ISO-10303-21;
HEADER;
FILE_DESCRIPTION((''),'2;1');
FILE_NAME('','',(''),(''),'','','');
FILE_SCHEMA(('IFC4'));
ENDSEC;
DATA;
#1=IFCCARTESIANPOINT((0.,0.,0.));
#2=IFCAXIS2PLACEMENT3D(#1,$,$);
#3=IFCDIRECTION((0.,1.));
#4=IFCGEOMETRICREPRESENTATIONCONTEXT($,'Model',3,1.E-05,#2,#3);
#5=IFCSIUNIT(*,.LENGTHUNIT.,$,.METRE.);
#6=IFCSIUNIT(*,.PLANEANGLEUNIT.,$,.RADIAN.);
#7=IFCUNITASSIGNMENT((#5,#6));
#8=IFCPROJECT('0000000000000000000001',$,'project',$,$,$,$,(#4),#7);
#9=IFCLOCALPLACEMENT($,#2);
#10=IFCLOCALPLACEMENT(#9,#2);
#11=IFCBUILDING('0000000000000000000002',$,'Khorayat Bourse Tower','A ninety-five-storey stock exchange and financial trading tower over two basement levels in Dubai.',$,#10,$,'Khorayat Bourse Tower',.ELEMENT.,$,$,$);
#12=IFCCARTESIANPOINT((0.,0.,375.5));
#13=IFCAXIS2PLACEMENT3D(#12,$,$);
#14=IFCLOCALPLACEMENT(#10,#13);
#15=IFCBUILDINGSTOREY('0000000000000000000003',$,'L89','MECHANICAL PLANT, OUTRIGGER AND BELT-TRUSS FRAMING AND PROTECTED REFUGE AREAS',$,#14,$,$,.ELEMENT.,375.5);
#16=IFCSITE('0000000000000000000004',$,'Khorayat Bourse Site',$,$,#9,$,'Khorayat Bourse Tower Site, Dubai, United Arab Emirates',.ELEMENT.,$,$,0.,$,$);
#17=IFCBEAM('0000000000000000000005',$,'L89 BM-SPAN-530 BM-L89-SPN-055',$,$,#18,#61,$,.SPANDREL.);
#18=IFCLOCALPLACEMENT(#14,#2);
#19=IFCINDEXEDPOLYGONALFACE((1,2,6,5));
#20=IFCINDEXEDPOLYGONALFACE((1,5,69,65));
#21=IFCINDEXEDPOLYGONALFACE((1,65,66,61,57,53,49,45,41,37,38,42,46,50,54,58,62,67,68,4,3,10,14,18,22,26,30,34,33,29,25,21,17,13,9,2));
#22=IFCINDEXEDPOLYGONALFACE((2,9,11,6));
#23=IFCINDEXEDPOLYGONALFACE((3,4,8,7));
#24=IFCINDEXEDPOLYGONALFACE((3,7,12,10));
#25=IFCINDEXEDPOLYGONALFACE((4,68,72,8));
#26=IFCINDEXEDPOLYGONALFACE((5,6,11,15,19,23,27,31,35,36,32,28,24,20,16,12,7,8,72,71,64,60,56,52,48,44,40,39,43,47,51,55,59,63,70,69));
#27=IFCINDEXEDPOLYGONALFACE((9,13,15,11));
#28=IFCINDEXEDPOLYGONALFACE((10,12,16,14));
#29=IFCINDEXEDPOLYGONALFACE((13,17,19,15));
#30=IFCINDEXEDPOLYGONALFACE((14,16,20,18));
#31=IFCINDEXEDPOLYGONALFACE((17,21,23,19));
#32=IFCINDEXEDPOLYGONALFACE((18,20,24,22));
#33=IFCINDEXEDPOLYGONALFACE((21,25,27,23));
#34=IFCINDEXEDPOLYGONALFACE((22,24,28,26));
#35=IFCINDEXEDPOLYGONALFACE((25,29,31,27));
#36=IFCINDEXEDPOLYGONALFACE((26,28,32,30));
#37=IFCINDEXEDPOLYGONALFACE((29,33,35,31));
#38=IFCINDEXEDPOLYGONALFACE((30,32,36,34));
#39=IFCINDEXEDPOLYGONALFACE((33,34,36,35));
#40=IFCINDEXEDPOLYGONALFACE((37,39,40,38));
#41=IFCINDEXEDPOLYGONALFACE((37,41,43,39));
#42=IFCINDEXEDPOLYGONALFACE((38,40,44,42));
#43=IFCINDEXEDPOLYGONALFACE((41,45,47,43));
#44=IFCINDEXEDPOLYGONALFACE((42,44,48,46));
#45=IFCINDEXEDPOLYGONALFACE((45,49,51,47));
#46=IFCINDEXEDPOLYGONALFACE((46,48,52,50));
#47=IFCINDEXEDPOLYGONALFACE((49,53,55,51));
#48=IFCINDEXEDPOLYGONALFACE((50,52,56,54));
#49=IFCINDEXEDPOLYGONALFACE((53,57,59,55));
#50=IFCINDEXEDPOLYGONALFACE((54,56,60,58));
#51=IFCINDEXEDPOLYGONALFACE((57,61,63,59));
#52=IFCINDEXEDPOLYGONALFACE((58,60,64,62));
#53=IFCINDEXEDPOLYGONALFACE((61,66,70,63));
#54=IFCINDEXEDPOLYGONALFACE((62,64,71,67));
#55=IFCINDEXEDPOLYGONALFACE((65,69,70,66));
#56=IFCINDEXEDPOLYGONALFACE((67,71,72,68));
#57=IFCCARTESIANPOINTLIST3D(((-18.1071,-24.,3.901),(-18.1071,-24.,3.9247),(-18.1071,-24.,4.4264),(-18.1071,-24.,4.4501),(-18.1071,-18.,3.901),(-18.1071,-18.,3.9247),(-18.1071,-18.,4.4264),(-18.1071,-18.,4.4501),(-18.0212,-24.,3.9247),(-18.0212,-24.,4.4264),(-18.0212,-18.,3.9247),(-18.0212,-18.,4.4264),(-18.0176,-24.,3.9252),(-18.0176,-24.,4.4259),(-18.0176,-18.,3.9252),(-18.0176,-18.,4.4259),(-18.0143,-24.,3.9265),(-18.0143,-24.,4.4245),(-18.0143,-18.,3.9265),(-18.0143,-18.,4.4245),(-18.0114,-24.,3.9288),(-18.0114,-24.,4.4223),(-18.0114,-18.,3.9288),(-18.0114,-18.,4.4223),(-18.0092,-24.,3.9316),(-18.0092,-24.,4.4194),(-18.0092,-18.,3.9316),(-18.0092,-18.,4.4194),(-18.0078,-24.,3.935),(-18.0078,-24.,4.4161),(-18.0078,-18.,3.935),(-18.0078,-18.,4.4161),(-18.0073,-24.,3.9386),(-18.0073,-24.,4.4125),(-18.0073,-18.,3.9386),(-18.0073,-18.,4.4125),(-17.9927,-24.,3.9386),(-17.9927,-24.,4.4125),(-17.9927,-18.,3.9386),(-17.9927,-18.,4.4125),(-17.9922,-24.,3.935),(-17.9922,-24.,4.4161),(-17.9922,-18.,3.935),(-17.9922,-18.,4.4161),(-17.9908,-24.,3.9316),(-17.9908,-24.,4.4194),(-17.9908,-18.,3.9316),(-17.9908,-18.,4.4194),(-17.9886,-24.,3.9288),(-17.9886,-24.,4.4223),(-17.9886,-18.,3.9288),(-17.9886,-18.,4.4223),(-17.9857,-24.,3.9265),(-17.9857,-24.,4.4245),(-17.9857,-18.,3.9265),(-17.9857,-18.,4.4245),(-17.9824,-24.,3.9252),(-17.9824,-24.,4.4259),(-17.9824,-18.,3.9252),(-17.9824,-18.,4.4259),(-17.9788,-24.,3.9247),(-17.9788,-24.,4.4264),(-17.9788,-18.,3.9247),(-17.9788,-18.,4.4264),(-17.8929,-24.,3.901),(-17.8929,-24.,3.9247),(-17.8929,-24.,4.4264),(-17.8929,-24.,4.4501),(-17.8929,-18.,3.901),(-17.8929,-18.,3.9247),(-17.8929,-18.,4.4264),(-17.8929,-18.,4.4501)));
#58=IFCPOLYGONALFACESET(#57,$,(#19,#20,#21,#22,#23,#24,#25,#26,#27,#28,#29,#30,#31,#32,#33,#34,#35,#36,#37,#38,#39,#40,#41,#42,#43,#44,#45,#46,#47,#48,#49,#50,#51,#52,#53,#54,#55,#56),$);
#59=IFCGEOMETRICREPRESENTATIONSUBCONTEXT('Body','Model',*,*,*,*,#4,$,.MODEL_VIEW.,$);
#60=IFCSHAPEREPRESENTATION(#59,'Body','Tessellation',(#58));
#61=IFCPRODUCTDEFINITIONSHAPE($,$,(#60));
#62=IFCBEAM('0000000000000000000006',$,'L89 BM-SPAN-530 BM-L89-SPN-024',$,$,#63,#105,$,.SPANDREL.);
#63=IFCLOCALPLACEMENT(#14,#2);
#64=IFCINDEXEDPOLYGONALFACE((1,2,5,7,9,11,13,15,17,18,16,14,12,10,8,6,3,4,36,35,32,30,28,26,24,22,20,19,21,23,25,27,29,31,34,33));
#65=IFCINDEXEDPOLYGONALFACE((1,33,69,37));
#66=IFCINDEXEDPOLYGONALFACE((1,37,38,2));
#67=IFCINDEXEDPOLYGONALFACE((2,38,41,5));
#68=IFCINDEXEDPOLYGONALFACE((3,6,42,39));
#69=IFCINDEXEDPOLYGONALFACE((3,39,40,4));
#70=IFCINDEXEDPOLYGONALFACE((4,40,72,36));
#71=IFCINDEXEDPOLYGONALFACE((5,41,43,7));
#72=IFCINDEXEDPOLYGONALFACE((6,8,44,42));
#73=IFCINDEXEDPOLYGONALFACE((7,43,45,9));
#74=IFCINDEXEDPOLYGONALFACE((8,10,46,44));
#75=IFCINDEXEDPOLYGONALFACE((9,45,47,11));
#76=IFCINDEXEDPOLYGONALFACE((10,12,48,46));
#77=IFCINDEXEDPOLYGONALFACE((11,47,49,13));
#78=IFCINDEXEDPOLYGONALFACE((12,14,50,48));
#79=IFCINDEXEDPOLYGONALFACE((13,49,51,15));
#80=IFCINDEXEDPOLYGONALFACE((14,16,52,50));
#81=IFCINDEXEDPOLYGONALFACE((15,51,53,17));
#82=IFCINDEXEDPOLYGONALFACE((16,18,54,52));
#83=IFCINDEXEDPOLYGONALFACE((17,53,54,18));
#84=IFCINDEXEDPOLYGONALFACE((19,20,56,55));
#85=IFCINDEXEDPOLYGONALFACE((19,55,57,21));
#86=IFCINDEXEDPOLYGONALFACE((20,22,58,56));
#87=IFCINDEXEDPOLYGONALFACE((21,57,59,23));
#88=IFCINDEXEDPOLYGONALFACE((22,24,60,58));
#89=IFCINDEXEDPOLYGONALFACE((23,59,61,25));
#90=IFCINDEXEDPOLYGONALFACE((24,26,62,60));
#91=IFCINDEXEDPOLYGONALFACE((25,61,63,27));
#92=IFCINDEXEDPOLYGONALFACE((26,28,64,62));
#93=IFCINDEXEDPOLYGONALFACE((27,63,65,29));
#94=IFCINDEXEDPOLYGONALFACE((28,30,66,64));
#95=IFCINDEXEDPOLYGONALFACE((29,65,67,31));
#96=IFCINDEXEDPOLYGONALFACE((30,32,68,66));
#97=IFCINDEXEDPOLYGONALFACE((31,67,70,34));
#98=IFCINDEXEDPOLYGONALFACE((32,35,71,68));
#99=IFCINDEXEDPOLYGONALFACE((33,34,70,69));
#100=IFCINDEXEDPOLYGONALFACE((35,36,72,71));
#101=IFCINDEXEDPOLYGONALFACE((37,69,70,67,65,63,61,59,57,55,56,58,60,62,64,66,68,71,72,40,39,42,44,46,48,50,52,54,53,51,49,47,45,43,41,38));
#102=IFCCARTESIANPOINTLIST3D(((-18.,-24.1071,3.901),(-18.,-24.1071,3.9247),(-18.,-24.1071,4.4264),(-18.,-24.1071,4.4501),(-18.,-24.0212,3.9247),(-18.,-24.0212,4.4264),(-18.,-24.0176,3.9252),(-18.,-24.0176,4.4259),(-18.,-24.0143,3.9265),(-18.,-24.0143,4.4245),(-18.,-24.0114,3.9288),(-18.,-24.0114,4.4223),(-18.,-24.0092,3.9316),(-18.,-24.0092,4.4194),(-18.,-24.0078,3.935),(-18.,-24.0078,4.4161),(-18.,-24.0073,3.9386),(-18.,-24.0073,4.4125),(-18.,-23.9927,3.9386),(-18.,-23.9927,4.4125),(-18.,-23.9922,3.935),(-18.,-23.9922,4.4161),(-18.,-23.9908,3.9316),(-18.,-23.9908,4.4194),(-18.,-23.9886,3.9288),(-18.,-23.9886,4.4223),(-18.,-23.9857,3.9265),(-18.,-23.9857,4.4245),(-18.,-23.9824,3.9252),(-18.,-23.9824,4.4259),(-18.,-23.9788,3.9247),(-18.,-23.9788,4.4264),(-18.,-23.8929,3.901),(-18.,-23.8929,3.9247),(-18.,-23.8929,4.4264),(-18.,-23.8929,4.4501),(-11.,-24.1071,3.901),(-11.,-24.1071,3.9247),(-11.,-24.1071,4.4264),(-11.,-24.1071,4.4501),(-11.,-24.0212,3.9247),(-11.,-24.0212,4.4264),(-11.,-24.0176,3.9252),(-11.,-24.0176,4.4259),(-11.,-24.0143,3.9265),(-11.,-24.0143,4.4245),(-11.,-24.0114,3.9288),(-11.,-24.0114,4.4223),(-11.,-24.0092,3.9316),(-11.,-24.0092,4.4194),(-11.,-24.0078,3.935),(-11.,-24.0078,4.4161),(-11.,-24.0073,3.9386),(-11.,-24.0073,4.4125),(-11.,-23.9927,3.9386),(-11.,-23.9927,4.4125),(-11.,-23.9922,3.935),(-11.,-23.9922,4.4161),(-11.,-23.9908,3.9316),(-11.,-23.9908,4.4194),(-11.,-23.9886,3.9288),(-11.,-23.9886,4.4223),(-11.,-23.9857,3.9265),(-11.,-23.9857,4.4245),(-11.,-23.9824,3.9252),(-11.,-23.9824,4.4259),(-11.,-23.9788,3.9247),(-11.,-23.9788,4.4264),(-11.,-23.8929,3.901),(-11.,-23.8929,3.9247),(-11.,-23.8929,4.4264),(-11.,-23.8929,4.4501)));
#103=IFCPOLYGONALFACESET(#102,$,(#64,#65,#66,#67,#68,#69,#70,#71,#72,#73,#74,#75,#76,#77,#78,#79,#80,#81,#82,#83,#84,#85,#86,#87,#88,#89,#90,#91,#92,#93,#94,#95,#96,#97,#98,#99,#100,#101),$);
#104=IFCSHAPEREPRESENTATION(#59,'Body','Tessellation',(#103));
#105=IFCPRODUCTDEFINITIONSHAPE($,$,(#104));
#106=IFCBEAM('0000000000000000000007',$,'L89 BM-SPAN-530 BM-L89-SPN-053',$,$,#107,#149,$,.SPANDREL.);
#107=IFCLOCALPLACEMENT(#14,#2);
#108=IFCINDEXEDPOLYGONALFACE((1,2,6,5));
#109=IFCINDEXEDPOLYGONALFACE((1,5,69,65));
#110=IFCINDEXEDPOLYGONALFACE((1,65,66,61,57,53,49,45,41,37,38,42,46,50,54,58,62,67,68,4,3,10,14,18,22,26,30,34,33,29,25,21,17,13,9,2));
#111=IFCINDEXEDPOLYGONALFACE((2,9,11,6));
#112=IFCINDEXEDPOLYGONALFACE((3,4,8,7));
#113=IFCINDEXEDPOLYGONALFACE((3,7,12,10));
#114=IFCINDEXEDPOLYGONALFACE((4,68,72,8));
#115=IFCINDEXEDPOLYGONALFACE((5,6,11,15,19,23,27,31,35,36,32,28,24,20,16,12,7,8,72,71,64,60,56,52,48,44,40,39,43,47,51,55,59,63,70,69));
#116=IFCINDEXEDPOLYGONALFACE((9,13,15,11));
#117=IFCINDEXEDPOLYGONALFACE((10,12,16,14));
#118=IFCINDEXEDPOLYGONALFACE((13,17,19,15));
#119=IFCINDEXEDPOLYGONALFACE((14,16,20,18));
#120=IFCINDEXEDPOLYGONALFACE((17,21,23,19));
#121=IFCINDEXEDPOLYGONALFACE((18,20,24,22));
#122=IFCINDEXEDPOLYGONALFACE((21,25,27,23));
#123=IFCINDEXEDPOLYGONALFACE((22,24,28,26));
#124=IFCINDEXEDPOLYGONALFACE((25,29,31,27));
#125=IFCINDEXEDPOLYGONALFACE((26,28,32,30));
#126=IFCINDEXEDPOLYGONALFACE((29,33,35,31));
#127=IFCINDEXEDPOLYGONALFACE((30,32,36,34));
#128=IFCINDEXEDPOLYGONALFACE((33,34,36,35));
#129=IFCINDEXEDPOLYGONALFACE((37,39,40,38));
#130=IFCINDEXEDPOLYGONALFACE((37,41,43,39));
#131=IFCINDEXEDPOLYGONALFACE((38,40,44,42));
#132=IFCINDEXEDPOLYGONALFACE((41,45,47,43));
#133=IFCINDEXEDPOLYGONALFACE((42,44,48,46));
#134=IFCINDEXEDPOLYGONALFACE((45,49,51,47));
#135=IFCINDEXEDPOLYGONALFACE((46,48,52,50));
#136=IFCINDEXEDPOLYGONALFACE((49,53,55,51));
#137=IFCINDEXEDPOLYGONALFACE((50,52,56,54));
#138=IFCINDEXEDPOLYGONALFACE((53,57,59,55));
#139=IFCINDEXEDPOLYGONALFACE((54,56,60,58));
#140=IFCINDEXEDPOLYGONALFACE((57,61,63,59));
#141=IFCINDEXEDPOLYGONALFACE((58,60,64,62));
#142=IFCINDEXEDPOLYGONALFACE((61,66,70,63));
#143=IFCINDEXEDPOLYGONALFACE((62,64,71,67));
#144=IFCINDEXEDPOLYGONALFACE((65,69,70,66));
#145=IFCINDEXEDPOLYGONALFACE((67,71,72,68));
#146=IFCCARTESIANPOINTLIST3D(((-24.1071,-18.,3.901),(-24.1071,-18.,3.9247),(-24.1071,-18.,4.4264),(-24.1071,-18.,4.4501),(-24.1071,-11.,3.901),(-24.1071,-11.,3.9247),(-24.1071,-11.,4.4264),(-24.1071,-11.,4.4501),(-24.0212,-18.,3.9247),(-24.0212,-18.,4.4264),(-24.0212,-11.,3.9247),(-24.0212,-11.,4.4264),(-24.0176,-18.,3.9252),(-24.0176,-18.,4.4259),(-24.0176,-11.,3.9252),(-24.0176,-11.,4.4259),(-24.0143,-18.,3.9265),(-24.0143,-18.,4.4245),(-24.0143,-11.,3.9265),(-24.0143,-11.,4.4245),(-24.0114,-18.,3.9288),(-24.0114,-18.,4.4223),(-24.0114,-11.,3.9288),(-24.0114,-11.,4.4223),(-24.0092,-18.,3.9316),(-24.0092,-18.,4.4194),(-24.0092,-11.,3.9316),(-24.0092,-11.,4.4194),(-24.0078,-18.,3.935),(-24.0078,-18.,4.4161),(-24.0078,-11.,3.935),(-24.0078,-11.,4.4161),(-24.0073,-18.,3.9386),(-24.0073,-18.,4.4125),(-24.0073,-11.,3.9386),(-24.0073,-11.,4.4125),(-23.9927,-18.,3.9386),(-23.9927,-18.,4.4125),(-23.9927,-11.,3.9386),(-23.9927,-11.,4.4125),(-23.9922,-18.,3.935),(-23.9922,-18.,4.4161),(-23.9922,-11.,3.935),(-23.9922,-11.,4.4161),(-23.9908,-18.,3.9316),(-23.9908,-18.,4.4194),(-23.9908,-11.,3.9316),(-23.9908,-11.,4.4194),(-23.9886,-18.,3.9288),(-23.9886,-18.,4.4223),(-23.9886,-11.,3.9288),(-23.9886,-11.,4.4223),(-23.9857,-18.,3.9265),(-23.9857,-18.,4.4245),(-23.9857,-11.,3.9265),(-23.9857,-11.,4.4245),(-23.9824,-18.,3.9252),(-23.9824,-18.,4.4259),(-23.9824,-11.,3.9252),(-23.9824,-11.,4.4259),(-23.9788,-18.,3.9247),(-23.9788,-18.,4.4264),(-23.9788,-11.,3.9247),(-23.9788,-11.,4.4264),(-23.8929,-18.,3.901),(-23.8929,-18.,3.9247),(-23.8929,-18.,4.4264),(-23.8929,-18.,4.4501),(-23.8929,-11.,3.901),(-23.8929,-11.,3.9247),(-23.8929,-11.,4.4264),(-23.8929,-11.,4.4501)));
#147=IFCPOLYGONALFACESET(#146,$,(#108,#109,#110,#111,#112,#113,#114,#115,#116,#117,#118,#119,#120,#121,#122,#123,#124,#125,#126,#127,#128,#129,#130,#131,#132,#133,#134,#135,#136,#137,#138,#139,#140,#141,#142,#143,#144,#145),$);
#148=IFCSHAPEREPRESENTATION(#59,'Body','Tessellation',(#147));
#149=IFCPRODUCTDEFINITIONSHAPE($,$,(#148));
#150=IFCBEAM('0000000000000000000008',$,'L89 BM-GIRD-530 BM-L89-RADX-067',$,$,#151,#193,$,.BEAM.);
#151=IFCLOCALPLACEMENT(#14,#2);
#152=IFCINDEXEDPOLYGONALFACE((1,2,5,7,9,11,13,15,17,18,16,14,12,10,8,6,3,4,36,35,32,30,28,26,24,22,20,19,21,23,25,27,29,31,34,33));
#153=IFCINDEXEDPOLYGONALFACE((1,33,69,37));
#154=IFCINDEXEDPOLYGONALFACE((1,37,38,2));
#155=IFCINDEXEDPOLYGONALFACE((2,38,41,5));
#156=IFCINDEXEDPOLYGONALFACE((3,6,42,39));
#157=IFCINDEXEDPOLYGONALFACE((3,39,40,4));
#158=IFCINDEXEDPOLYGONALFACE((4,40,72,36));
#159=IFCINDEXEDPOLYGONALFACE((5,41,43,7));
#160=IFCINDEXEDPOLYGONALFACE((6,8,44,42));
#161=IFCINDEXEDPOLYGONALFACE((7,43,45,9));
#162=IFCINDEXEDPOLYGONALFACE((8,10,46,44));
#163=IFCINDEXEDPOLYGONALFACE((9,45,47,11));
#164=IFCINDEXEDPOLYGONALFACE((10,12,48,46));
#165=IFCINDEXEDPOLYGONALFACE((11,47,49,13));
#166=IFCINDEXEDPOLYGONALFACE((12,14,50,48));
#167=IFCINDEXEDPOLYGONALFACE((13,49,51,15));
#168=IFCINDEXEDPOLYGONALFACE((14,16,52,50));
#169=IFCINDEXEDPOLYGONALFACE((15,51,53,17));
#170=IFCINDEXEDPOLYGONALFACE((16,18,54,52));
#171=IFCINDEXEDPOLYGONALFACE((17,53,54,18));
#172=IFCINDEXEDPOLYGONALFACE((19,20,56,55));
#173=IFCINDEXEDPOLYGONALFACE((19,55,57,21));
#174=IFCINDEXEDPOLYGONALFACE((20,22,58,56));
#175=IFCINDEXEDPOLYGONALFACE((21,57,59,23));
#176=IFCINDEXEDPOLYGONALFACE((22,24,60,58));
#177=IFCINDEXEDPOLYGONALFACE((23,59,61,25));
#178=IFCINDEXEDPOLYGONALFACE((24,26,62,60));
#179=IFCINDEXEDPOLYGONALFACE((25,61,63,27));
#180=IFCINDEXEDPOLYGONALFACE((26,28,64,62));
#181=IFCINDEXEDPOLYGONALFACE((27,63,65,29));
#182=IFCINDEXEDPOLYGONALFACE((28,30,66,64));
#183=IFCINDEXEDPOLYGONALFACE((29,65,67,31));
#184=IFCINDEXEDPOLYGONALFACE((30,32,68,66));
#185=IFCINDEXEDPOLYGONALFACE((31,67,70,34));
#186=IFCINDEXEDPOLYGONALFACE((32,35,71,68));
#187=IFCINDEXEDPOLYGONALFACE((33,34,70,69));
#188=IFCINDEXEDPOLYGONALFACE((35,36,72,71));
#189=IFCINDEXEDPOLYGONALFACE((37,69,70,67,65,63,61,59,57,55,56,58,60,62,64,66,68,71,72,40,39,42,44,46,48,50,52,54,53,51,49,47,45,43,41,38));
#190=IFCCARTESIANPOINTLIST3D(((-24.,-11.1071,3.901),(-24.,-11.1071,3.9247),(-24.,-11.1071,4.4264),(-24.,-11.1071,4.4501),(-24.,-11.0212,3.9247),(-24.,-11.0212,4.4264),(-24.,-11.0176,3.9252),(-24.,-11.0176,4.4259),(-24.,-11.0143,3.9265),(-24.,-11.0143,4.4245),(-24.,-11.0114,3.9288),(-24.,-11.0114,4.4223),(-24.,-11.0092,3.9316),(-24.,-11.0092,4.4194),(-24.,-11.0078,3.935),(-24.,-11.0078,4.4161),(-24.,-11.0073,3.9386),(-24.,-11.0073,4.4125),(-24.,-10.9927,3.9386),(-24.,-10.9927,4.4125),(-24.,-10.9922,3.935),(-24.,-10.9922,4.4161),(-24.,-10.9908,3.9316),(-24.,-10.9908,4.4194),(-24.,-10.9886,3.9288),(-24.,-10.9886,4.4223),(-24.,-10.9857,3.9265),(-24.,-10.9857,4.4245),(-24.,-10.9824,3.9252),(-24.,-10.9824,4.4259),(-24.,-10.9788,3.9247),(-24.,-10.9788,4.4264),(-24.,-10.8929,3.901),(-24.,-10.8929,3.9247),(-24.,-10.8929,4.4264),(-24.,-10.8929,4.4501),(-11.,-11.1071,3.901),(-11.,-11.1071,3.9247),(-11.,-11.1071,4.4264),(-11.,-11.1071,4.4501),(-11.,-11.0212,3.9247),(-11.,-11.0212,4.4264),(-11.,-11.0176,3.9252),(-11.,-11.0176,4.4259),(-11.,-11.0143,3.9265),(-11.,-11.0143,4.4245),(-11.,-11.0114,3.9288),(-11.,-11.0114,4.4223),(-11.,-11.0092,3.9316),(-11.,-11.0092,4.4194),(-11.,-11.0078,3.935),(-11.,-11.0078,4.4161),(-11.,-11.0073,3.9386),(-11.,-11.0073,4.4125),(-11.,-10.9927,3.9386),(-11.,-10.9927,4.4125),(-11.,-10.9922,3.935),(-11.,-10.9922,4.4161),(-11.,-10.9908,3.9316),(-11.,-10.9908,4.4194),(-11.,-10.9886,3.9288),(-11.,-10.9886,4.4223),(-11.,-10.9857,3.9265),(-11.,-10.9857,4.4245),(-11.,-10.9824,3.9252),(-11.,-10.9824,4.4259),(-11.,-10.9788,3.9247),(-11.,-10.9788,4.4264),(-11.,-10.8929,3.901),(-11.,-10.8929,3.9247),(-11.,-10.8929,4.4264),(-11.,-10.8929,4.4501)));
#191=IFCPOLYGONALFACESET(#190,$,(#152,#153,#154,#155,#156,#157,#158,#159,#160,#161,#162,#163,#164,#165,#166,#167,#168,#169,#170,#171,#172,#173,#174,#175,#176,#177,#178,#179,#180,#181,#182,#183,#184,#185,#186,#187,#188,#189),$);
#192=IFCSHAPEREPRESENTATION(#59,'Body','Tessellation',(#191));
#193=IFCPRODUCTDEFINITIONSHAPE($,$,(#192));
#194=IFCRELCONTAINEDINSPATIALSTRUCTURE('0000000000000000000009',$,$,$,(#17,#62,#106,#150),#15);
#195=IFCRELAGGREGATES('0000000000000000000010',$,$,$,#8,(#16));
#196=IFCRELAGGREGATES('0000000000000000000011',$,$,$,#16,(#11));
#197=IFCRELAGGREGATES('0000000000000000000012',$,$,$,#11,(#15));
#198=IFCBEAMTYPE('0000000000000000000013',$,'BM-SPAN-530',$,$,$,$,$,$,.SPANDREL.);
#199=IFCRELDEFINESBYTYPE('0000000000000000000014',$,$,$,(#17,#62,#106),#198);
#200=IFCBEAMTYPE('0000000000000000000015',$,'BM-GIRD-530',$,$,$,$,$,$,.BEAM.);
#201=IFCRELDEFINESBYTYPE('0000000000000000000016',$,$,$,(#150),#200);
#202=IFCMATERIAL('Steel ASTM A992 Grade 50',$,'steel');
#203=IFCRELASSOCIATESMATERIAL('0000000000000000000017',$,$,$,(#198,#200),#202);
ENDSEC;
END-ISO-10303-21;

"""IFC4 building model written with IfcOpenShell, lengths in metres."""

from ifc_helpers import new_model, si_unit, direction, frame, origin, origin_2d, place, context, subcontext, project, spatial, i_section, extrude, source, transform, mapped, material, material_profile, profile_set, type_object, element, save


model = new_model("IFC4")

# Units and contexts
model_context = context("Model", 3, precision=1e-05, world=origin(), true_north=direction((0.0, 1.0)))
body_context = subcontext(model_context, "Body", "Model", "MODEL_VIEW")
ifc_project = project(units=[si_unit("LENGTHUNIT", "METRE"), si_unit("PLANEANGLEUNIT", "RADIAN")], contexts=[model_context])

# Site, building, storey
site_placement = place(None, origin())
site = spatial("IfcSite", under=ifc_project, at=site_placement, Name="Khorayat Bourse Site", LongName="Khorayat Bourse Tower Site, Dubai, United Arab Emirates", CompositionType="ELEMENT", RefElevation=0.0)
building_placement = place(site_placement, origin())
building = spatial("IfcBuilding", under=site, at=building_placement, Name="Khorayat Bourse Tower", Description="A ninety-five-storey stock exchange and financial trading tower over two basement levels in Dubai.", LongName="Khorayat Bourse Tower", CompositionType="ELEMENT")
storey_placement = place(building_placement, frame((0.0, 0.0, 375.5)))
storey = spatial("IfcBuildingStorey", under=building, at=storey_placement, Name="L89", Description="MECHANICAL PLANT, OUTRIGGER AND BELT-TRUSS FRAMING AND PROTECTED REFUGE AREAS", CompositionType="ELEMENT", Elevation=375.5)

# Beams
ifc_material_1 = material(Name="Steel ASTM A992 Grade 50", Category="steel")
ifc_material_profile_1 = material_profile(ifc_material_1, i_section(OverallWidth=0.2141, OverallDepth=0.5491, WebThickness=0.0146, FlangeThickness=0.0237, FilletRadius=0.0139, at=origin_2d()), Name="W530X138")
ifc_profile_set_1 = profile_set([ifc_material_profile_1], Name="Steel ASTM A992 Grade 50")
beam_type_1 = type_object("IfcBeamType", Name="BM-SPAN-530", PredefinedType="SPANDREL", material=ifc_profile_set_1)
shared_shape_1 = source(origin(), body_context, "Body", "SweptSolid", [
    extrude(i_section(OverallWidth=0.2141, OverallDepth=0.5491, WebThickness=0.0146, FlangeThickness=0.0237, FilletRadius=0.0139, at=origin_2d()), origin(), (0.0, 0.0, 1.0), 6.0),
])
for number, where, z_axis, x_axis, name in (
    (1, (-18.0, -24.0, 4.1755), (0.0, 1.0, 0.0), (-1.0, 0.0, 0.0), "L89 BM-SPAN-530 BM-L89-SPN-055"),
):
    element("IfcBeam", number, at=place(storey_placement, frame(where, z_axis=z_axis, x_axis=x_axis)), inside=storey, type_object=beam_type_1, Name=name, PredefinedType="SPANDREL", context=body_context, shape_type="MappedRepresentation", body=[
        mapped(shared_shape_1, transform((0.0, 0.0, 0.0), scale=1.0)),
    ])
shared_shape_2 = source(origin(), body_context, "Body", "SweptSolid", [
    extrude(i_section(OverallWidth=0.2141, OverallDepth=0.5491, WebThickness=0.0146, FlangeThickness=0.0237, FilletRadius=0.0139, at=origin_2d()), origin(), (0.0, 0.0, 1.0), 7.0),
])
for number, where, z_axis, x_axis, name in (
    (2, (-18.0, -24.0, 4.1755), (1.0, 0.0, 0.0), (0.0, 1.0, 0.0), "L89 BM-SPAN-530 BM-L89-SPN-024"),
    (3, (-24.0, -18.0, 4.1755), (0.0, 1.0, 0.0), (-1.0, 0.0, 0.0), "L89 BM-SPAN-530 BM-L89-SPN-053"),
):
    element("IfcBeam", number, at=place(storey_placement, frame(where, z_axis=z_axis, x_axis=x_axis)), inside=storey, type_object=beam_type_1, Name=name, PredefinedType="SPANDREL", context=body_context, shape_type="MappedRepresentation", body=[
        mapped(shared_shape_2, transform((0.0, 0.0, 0.0), scale=1.0)),
    ])
ifc_material_profile_2 = material_profile(ifc_material_1, i_section(OverallWidth=0.2141, OverallDepth=0.5491, WebThickness=0.0146, FlangeThickness=0.0237, FilletRadius=0.0139, at=origin_2d()), Name="W530X138")
ifc_profile_set_2 = profile_set([ifc_material_profile_2], Name="Steel ASTM A992 Grade 50")
beam_type_2 = type_object("IfcBeamType", Name="BM-GIRD-530", PredefinedType="BEAM", material=ifc_profile_set_2)
shared_shape_3 = source(origin(), body_context, "Body", "SweptSolid", [
    extrude(i_section(OverallWidth=0.2141, OverallDepth=0.5491, WebThickness=0.0146, FlangeThickness=0.0237, FilletRadius=0.0139, at=origin_2d()), origin(), (0.0, 0.0, 1.0), 13.0),
])
beam_1_placement = place(storey_placement, frame((-24.0, -11.0, 4.1755), z_axis=(1.0, 0.0, 0.0), x_axis=(0.0, 1.0, 0.0)))
element("IfcBeam", 4, at=beam_1_placement, inside=storey, type_object=beam_type_2, Name="L89 BM-GIRD-530 BM-L89-RADX-067", PredefinedType="BEAM", context=body_context, shape_type="MappedRepresentation", body=[
    mapped(shared_shape_3, transform((0.0, 0.0, 0.0), scale=1.0)),
])

save(model, "model.ifc")
